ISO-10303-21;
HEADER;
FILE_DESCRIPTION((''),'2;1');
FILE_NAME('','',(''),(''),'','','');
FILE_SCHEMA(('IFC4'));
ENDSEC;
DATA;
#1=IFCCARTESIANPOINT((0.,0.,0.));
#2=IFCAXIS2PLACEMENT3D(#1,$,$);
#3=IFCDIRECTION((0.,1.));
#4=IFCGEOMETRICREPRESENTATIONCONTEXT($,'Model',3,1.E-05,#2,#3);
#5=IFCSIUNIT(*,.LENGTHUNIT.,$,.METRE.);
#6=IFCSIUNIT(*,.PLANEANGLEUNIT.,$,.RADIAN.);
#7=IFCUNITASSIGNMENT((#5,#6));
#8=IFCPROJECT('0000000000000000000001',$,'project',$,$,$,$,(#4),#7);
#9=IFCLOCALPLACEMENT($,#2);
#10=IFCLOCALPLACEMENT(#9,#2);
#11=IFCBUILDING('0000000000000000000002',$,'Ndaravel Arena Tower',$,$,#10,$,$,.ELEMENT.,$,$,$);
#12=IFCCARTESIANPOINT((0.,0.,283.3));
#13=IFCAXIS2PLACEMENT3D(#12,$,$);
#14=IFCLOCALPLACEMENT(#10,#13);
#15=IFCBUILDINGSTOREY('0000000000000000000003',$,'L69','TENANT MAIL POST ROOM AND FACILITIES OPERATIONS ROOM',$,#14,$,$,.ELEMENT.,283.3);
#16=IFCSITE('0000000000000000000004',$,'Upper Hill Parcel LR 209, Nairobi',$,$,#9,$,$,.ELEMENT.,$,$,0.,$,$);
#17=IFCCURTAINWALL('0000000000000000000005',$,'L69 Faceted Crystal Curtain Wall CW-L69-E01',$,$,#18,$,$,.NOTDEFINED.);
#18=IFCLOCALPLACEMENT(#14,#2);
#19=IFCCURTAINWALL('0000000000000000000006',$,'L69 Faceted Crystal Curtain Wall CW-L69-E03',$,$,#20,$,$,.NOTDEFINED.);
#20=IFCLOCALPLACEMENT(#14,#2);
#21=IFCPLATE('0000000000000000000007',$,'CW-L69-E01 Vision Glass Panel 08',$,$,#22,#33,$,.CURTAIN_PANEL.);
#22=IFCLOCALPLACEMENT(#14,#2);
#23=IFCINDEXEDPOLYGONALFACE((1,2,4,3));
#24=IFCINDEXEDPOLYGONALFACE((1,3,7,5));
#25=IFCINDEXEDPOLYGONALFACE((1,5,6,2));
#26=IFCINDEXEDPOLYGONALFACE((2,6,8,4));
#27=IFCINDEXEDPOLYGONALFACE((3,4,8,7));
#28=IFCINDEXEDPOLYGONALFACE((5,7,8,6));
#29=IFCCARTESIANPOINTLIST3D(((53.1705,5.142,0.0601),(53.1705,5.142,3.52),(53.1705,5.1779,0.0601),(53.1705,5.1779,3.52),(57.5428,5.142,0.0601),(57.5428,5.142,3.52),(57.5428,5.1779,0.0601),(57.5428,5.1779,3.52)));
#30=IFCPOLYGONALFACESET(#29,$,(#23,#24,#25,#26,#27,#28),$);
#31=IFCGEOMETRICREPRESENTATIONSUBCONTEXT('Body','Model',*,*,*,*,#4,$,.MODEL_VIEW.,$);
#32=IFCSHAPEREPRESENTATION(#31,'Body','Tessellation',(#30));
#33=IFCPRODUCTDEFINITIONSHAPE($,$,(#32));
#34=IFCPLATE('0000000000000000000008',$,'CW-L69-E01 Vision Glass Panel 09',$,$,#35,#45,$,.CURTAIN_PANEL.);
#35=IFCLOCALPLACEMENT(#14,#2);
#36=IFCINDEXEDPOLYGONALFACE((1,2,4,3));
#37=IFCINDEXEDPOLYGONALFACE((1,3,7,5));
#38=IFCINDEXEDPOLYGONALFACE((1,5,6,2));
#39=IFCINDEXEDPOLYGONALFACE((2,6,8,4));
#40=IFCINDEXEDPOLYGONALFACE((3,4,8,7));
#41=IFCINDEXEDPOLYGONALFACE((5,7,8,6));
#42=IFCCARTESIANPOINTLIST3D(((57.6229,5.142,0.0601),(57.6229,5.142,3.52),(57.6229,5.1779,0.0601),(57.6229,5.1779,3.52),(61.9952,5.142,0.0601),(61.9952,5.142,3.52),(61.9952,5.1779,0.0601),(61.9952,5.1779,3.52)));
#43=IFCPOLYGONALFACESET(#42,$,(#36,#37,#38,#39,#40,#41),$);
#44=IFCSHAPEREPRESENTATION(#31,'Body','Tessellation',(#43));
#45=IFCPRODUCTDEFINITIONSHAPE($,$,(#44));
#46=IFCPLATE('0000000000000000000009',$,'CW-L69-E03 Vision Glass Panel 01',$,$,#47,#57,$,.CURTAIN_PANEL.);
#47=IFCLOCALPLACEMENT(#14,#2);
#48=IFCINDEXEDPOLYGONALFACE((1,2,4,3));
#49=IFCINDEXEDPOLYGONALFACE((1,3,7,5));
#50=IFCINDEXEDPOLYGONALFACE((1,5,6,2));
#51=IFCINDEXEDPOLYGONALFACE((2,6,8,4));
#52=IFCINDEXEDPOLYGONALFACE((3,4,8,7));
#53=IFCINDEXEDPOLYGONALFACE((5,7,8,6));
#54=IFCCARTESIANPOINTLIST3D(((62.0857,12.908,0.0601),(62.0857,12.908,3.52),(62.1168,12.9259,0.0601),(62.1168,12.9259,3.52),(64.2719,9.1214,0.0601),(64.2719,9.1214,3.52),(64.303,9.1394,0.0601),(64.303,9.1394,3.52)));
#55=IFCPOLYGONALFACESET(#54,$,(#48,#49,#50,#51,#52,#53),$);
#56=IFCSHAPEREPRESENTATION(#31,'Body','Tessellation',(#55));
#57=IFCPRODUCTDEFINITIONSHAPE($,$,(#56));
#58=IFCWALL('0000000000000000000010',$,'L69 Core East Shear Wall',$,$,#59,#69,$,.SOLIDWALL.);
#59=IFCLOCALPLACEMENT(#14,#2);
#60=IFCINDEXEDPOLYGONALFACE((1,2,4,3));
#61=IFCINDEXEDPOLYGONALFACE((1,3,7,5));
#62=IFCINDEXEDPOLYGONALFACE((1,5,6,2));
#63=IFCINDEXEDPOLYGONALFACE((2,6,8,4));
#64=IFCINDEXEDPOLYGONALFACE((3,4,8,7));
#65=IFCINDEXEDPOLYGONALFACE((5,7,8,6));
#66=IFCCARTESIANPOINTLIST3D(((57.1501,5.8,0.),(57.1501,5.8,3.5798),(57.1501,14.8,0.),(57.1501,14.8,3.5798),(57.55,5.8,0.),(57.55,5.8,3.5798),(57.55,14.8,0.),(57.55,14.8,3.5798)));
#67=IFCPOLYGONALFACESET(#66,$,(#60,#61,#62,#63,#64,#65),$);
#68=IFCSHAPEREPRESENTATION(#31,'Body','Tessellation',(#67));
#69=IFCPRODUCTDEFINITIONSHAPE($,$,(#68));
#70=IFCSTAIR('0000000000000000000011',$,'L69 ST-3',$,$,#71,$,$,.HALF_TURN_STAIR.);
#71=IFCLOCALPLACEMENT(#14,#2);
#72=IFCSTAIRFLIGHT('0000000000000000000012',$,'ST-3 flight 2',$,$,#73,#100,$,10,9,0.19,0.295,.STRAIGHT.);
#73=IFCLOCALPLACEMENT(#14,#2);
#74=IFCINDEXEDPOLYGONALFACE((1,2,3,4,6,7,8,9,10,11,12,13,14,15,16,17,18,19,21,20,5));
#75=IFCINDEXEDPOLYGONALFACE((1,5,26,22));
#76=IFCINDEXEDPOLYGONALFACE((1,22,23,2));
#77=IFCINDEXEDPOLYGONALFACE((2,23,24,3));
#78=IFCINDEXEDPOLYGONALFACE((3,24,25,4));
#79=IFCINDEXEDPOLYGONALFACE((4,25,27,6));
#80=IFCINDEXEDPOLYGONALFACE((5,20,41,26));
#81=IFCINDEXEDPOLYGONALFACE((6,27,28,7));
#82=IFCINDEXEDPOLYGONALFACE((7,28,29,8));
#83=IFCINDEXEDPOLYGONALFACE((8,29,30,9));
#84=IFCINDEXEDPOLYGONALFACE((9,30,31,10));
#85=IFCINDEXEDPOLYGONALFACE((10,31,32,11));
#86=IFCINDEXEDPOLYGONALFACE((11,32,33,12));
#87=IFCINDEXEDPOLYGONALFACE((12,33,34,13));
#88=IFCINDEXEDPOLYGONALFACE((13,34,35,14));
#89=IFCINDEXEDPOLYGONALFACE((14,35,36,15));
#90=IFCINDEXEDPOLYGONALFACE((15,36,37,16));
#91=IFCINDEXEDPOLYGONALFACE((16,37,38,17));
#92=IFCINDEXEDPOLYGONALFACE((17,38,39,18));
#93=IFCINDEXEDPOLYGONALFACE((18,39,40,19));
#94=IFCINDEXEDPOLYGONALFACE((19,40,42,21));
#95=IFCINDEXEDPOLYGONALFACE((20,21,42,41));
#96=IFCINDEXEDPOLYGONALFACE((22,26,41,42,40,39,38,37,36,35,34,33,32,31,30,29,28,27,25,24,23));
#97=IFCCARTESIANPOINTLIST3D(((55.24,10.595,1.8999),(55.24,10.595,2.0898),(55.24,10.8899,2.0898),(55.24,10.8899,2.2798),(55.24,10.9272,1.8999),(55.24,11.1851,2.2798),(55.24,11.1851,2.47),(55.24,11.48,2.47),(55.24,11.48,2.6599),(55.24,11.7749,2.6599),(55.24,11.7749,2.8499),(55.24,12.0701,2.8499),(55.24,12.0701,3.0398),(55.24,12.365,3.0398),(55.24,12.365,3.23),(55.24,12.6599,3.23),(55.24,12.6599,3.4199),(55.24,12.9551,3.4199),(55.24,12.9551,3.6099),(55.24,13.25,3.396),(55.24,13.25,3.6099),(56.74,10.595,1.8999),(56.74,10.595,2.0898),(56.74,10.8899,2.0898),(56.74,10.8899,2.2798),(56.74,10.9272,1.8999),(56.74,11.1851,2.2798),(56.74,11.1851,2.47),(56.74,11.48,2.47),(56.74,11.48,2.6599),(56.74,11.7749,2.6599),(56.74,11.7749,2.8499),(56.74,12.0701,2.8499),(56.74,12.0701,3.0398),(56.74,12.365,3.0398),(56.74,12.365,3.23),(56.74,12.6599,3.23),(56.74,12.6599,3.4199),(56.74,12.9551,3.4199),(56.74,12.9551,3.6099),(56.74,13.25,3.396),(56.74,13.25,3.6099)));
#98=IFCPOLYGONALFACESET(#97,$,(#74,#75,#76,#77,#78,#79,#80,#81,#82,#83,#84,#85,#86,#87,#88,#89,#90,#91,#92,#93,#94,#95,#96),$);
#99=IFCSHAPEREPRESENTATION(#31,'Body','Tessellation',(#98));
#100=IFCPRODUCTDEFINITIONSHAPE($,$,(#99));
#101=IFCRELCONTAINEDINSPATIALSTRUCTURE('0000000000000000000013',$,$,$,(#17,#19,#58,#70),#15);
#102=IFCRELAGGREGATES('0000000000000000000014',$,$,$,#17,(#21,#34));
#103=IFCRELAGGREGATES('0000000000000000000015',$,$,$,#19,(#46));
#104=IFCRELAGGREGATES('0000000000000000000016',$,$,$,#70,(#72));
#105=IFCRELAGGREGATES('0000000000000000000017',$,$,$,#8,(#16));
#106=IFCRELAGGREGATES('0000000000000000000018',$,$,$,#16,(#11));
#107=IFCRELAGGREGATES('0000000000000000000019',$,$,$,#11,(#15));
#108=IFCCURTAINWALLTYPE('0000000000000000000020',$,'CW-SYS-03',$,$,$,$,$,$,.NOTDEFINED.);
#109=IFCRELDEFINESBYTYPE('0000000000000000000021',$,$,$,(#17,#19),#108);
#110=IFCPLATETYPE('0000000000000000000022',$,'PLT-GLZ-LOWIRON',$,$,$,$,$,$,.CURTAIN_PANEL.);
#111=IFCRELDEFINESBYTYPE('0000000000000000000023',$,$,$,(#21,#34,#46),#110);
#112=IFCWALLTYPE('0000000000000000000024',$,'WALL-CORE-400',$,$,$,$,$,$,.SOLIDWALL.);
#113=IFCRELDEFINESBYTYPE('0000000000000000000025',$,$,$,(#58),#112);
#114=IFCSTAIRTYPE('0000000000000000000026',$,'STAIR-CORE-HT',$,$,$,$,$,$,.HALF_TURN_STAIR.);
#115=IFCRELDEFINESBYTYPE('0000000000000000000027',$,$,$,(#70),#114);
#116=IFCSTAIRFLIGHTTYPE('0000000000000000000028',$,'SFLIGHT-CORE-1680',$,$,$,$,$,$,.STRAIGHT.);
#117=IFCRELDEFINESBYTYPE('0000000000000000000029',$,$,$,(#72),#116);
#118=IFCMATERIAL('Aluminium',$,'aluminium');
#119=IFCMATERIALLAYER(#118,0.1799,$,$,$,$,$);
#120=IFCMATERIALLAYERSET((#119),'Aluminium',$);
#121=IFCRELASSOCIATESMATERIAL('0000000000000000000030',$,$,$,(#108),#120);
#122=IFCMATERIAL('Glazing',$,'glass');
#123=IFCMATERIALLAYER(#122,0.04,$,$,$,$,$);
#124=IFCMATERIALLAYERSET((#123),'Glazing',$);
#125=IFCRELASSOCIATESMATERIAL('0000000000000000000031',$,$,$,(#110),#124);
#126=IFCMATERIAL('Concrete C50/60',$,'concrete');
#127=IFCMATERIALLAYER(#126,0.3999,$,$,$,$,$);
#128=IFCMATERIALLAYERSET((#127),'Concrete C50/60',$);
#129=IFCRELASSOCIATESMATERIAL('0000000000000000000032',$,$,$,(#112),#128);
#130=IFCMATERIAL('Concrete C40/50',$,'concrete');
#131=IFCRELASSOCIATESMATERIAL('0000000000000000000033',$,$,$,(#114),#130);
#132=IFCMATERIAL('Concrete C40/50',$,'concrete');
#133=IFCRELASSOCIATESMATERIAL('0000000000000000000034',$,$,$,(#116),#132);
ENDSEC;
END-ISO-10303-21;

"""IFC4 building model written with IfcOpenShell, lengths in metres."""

from ifc_helpers import new_model, si_unit, direction, frame, frame_2d, origin, origin_2d, place, context, subcontext, project, spatial, polyline, rectangle, outline, extrude, material, layer, layer_set, type_object, element, aggregate, save


model = new_model("IFC4")

# Units and contexts
model_context = context("Model", 3, precision=1e-05, world=origin(), true_north=direction((0.0, 1.0)))
body_context = subcontext(model_context, "Body", "Model", "MODEL_VIEW")
ifc_project = project(units=[si_unit("LENGTHUNIT", "METRE"), si_unit("PLANEANGLEUNIT", "RADIAN")], contexts=[model_context])

# Site, building, storey
site_placement = place(None, origin())
site = spatial("IfcSite", under=ifc_project, at=site_placement, Name="Upper Hill Parcel LR 209, Nairobi", CompositionType="ELEMENT", RefElevation=0.0)
building_placement = place(site_placement, origin())
building = spatial("IfcBuilding", under=site, at=building_placement, Name="Ndaravel Arena Tower", CompositionType="ELEMENT")
storey_placement = place(building_placement, frame((0.0, 0.0, 283.3)))
storey = spatial("IfcBuildingStorey", under=building, at=storey_placement, Name="L69", Description="TENANT MAIL POST ROOM AND FACILITIES OPERATIONS ROOM", CompositionType="ELEMENT", Elevation=283.3)

# Curtain walls
ifc_material_1 = material(Name="Aluminium", Category="aluminium")
ifc_layer_1 = layer(ifc_material_1, 0.1799)
ifc_layer_set_1 = layer_set([ifc_layer_1], Name="Aluminium")
curtain_wall_type_1 = type_object("IfcCurtainWallType", Name="CW-SYS-03", PredefinedType="NOTDEFINED", material=ifc_layer_set_1)
curtain_wall_1_placement = place(storey_placement, origin())
curtain_wall_1 = element("IfcCurtainWall", 1, at=curtain_wall_1_placement, inside=storey, type_object=curtain_wall_type_1, Name="L69 Faceted Crystal Curtain Wall CW-L69-E01", PredefinedType="NOTDEFINED")
curtain_wall_2_placement = place(storey_placement, origin())
curtain_wall_2 = element("IfcCurtainWall", 2, at=curtain_wall_2_placement, inside=storey, type_object=curtain_wall_type_1, Name="L69 Faceted Crystal Curtain Wall CW-L69-E03", PredefinedType="NOTDEFINED")

# Plates
ifc_material_2 = material(Name="Glazing", Category="glass")
ifc_layer_2 = layer(ifc_material_2, 0.04)
ifc_layer_set_2 = layer_set([ifc_layer_2], Name="Glazing")
plate_type_1 = type_object("IfcPlateType", Name="PLT-GLZ-LOWIRON", PredefinedType="CURTAIN_PANEL", material=ifc_layer_set_2)
plate_1_placement = place(storey_placement, frame((55.3567, 5.1599, 0.0601), z_axis=(0.0, 0.0, 1.0), x_axis=(1.0, 0.0, 0.0)))
plate_1 = element("IfcPlate", 3, at=plate_1_placement, type_object=plate_type_1, Name="CW-L69-E01 Vision Glass Panel 08", PredefinedType="CURTAIN_PANEL", context=body_context, shape_type="SweptSolid", body=[
    extrude(rectangle(XDim=4.3723, YDim=0.0359, at=origin_2d()), origin(), (0.0, 0.0, 1.0), 3.46),
])
plate_2_placement = place(storey_placement, frame((59.8091, 5.1599, 0.0601), z_axis=(0.0, 0.0, 1.0), x_axis=(1.0, 0.0, 0.0)))
plate_2 = element("IfcPlate", 4, at=plate_2_placement, type_object=plate_type_1, Name="CW-L69-E01 Vision Glass Panel 09", PredefinedType="CURTAIN_PANEL", context=body_context, shape_type="SweptSolid", body=[
    extrude(rectangle(XDim=4.3723, YDim=0.0359, at=origin_2d()), origin(), (0.0, 0.0, 1.0), 3.46),
])
aggregate(curtain_wall_1, [plate_1, plate_2])
plate_3_placement = place(storey_placement, frame((63.1943, 11.0237, 0.0601), z_axis=(0.0, 0.0, 1.0), x_axis=(-0.5, 0.866025, 0.0)))
plate_3 = element("IfcPlate", 5, at=plate_3_placement, type_object=plate_type_1, Name="CW-L69-E03 Vision Glass Panel 01", PredefinedType="CURTAIN_PANEL", context=body_context, shape_type="SweptSolid", body=[
    extrude(rectangle(XDim=4.3723, YDim=0.0359, at=origin_2d()), origin(), (0.0, 0.0, 1.0), 3.46),
])
aggregate(curtain_wall_2, [plate_3])

# Wall
ifc_material_3 = material(Name="Concrete C50/60", Category="concrete")
ifc_layer_3 = layer(ifc_material_3, 0.3999)
ifc_layer_set_3 = layer_set([ifc_layer_3], Name="Concrete C50/60")
wall_type = type_object("IfcWallType", Name="WALL-CORE-400", PredefinedType="SOLIDWALL", material=ifc_layer_set_3)
wall_placement = place(storey_placement, frame((57.3501, 5.8, 0.0), z_axis=(0.0, 0.0, 1.0), x_axis=(0.0, 1.0, 0.0)))
element("IfcWall", 6, at=wall_placement, inside=storey, type_object=wall_type, Name="L69 Core East Shear Wall", PredefinedType="SOLIDWALL", context=body_context, shape_type="SweptSolid", body=[
    extrude(rectangle(XDim=9.0, YDim=0.3999, at=frame_2d((4.5, 0.0))), origin(), (0.0, 0.0, 1.0), 3.5798),
])

# Stair, stair flight
ifc_material_4 = material(Name="Concrete C40/50", Category="concrete")
stair_type = type_object("IfcStairType", Name="STAIR-CORE-HT", PredefinedType="HALF_TURN_STAIR", material=ifc_material_4)
stair_placement = place(storey_placement, origin())
stair = element("IfcStair", 7, at=stair_placement, inside=storey, type_object=stair_type, Name="L69 ST-3", PredefinedType="HALF_TURN_STAIR")
ifc_material_5 = material(Name="Concrete C40/50", Category="concrete")
stair_flight_type = type_object("IfcStairFlightType", Name="SFLIGHT-CORE-1680", PredefinedType="STRAIGHT", material=ifc_material_5)
stair_flight_placement = place(storey_placement, frame((55.99, 10.595, 1.8999), z_axis=(0.0, 0.0, 1.0), x_axis=(0.0, 1.0, 0.0)))
stair_flight = element("IfcStairFlight", 8, at=stair_flight_placement, type_object=stair_flight_type, Name="ST-3 flight 2", NumberOfRisers=10, NumberOfTreads=9, PredefinedType="STRAIGHT", RiserHeight=0.19, TreadLength=0.295, context=body_context, shape_type="SweptSolid", body=[
    extrude(outline(polyline([(0.0, 0.0), (0.0, 0.1899), (0.2949, 0.1899), (0.2949, 0.3799), (0.5901, 0.3799), (0.5901, 0.5701), (0.885, 0.5701), (0.885, 0.76), (1.1799, 0.76), (1.1799, 0.95), (1.4751, 0.95), (1.4751, 1.1399), (1.77, 1.1399), (1.77, 1.3301), (2.0649, 1.3301), (2.0649, 1.52), (2.3601, 1.52), (2.3601, 1.71), (2.655, 1.71), (2.655, 1.8999), (2.655, 1.4961), (0.3323, 0.0), (0.0, 0.0)])), frame((0.0, 0.75, 0.0), z_axis=(0.0, -1.0, 0.0), x_axis=(1.0, 0.0, 0.0)), (0.0, 0.0, 1.0), 1.5),
])
aggregate(stair, [stair_flight])

save(model, "model.ifc")
